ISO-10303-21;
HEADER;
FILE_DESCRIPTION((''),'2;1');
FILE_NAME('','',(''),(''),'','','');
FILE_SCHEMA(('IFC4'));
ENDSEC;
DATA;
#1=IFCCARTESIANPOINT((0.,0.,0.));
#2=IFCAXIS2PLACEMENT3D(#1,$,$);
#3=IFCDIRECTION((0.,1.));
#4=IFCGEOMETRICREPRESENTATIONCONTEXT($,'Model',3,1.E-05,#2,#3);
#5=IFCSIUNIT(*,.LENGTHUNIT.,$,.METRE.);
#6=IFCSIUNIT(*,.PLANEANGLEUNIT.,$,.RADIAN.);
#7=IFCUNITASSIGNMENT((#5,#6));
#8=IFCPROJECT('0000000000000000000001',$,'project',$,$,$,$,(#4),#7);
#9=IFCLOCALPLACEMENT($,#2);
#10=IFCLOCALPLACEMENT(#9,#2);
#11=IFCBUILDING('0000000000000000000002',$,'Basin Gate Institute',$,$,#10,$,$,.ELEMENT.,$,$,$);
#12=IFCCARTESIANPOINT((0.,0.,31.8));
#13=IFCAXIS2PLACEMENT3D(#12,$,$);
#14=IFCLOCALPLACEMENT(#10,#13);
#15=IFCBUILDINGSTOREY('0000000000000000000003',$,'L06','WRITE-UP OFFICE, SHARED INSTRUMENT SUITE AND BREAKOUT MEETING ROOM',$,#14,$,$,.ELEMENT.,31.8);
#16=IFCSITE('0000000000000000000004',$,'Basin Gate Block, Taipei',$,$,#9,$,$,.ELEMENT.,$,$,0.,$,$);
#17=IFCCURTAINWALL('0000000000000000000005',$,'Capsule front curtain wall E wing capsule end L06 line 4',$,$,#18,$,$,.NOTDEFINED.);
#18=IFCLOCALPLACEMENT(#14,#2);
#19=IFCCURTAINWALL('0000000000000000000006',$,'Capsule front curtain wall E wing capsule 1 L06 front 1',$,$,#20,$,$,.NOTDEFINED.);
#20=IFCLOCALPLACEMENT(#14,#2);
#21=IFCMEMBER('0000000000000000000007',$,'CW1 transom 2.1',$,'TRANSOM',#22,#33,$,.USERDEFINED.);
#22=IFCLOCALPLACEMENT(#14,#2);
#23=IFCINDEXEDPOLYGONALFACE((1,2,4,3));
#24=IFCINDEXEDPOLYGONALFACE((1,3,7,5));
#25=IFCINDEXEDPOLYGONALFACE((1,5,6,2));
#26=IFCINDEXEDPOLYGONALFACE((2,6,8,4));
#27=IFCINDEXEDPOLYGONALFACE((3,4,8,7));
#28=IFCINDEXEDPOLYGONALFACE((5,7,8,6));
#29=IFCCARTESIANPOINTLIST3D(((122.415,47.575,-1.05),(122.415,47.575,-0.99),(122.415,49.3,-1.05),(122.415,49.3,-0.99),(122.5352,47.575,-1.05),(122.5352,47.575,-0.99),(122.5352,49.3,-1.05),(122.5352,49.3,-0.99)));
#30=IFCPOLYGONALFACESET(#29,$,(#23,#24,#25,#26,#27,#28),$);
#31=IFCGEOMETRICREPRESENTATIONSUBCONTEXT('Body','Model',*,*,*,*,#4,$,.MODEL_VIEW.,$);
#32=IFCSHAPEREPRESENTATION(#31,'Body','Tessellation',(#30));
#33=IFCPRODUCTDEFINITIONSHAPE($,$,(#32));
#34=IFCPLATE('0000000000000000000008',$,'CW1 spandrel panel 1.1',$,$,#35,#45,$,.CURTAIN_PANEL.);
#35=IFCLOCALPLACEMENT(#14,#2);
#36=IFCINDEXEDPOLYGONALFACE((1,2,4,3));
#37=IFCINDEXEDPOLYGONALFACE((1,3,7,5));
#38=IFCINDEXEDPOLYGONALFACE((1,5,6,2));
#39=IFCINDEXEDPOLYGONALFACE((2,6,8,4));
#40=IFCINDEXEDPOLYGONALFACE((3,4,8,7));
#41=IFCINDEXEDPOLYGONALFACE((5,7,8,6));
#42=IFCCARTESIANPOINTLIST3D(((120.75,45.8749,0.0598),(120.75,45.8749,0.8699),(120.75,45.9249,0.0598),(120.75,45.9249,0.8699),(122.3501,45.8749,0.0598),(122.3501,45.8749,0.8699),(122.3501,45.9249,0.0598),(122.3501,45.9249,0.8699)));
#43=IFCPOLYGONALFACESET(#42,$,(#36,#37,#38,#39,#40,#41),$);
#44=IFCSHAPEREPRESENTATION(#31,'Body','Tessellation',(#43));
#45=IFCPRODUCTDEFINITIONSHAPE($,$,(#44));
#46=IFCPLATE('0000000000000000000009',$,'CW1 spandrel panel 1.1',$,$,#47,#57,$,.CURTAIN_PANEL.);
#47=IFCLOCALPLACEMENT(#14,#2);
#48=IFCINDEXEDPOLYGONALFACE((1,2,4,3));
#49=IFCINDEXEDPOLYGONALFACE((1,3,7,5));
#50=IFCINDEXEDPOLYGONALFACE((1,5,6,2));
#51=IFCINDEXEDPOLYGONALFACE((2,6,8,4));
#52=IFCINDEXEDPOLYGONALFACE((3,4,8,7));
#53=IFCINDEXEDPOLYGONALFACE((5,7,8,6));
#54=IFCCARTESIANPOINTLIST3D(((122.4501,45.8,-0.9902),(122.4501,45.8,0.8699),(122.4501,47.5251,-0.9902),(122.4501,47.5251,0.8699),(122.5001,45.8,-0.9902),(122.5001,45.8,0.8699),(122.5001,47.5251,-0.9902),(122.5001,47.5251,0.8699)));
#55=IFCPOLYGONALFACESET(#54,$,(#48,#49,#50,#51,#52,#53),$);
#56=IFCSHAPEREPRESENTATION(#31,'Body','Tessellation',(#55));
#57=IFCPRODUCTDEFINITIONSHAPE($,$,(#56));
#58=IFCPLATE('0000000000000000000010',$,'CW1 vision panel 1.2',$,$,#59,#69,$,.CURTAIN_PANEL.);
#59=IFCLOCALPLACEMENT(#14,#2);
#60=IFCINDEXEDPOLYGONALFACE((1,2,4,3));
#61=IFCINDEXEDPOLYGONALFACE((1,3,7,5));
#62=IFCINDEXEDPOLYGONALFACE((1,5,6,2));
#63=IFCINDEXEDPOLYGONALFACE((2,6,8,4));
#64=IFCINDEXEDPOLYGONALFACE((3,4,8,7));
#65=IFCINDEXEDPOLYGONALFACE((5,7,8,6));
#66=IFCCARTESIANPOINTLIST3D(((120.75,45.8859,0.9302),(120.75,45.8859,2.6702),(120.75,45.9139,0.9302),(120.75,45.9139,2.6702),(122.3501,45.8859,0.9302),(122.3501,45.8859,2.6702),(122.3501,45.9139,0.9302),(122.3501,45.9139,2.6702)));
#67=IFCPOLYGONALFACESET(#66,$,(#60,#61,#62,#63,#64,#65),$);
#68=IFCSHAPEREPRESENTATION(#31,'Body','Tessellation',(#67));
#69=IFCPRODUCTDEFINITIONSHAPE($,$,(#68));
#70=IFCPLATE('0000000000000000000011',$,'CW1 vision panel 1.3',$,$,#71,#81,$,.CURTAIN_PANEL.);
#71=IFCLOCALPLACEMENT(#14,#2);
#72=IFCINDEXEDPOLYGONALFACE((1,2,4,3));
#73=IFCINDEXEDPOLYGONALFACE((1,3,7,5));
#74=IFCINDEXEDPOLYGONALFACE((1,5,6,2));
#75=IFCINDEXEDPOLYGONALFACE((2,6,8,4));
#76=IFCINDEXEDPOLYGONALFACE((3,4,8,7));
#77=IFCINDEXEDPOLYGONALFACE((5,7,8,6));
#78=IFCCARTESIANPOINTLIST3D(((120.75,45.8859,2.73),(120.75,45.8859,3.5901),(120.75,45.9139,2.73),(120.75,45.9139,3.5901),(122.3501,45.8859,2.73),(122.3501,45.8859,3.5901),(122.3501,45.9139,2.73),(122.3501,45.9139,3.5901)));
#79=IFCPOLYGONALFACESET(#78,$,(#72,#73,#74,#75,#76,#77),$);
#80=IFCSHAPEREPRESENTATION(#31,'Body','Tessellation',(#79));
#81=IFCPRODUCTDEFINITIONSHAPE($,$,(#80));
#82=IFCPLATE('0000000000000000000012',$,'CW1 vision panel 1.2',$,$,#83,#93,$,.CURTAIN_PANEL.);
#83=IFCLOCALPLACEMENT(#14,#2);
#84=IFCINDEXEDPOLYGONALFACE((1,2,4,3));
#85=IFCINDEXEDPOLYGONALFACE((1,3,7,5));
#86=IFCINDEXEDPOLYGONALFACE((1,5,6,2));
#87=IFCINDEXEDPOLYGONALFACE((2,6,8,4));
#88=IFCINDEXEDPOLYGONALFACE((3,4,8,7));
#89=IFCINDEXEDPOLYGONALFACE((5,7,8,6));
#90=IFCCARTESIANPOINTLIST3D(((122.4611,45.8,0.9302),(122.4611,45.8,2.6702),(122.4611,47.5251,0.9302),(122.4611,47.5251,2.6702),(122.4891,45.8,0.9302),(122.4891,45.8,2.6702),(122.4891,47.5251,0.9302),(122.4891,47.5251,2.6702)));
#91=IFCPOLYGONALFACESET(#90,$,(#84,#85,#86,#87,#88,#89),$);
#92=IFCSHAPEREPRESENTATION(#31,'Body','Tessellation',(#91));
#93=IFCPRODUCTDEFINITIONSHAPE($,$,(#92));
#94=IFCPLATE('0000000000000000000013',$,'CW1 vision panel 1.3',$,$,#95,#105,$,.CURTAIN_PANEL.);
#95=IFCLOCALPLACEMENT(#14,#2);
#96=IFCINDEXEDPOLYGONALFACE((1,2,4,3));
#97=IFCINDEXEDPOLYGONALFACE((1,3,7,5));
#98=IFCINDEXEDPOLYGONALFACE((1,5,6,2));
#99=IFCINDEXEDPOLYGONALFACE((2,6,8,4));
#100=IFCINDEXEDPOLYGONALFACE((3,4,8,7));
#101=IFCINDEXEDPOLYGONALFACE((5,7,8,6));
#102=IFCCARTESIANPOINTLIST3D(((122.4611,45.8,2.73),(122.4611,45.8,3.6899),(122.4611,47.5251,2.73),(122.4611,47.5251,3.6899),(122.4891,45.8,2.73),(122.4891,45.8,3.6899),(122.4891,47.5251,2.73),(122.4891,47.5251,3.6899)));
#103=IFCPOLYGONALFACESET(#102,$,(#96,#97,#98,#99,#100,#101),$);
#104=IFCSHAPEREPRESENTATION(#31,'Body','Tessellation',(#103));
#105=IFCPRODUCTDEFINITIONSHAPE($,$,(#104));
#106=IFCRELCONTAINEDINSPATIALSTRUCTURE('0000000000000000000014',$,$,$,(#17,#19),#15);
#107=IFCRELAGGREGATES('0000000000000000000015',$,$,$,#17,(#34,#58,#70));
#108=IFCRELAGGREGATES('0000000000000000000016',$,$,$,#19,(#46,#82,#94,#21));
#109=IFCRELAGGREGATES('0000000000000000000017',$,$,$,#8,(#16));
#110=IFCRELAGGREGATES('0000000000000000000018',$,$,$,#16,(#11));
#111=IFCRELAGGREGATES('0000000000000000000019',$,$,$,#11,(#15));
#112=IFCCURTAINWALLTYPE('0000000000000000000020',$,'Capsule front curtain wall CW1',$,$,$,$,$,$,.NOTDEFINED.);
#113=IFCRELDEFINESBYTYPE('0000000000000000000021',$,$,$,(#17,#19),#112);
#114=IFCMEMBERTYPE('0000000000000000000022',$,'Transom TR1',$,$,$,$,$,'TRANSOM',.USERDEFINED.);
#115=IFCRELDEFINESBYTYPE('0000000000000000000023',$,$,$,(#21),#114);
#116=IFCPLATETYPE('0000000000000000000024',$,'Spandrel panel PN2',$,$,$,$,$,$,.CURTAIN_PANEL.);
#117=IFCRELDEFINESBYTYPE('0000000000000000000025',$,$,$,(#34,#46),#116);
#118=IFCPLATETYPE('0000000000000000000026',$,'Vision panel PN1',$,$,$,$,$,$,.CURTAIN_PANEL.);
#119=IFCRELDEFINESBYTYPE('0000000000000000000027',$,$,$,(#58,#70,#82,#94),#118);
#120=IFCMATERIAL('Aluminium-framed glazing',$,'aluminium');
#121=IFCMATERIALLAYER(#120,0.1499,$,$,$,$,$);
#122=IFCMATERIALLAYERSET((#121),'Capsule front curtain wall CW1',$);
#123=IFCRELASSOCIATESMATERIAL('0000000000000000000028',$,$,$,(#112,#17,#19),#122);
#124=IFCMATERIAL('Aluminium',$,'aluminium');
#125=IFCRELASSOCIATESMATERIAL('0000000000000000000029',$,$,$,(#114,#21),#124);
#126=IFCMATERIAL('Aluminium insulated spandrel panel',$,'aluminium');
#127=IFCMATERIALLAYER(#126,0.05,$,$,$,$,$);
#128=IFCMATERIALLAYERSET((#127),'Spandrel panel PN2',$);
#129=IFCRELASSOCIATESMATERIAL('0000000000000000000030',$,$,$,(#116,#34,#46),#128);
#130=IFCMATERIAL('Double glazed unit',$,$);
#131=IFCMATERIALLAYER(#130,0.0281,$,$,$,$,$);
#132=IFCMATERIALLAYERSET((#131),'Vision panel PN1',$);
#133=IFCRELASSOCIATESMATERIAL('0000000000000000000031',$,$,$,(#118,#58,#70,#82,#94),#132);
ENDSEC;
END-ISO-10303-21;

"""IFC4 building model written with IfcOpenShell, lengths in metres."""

from ifc_helpers import new_model, si_unit, direction, frame, origin, origin_2d, place, context, subcontext, project, spatial, rectangle, extrude, material, layer, layer_set, material_profile, profile_set, type_object, element, aggregate, save


model = new_model("IFC4")

# Units and contexts
model_context = context("Model", 3, precision=1e-05, world=origin(), true_north=direction((0.0, 1.0)))
body_context = subcontext(model_context, "Body", "Model", "MODEL_VIEW")
ifc_project = project(units=[si_unit("LENGTHUNIT", "METRE"), si_unit("PLANEANGLEUNIT", "RADIAN")], contexts=[model_context])

# Site, building, storey
site_placement = place(None, origin())
site = spatial("IfcSite", under=ifc_project, at=site_placement, Name="Basin Gate Block, Taipei", CompositionType="ELEMENT", RefElevation=0.0)
building_placement = place(site_placement, origin())
building = spatial("IfcBuilding", under=site, at=building_placement, Name="Basin Gate Institute", CompositionType="ELEMENT")
storey_placement = place(building_placement, frame((0.0, 0.0, 31.8)))
storey = spatial("IfcBuildingStorey", under=building, at=storey_placement, Name="L06", Description="WRITE-UP OFFICE, SHARED INSTRUMENT SUITE AND BREAKOUT MEETING ROOM", CompositionType="ELEMENT", Elevation=31.8)

# Curtain wall
ifc_material_1 = material(Name="Aluminium-framed glazing", Category="aluminium")
ifc_layer_1 = layer(ifc_material_1, 0.1499)
ifc_layer_set_1 = layer_set([ifc_layer_1], Name="Capsule front curtain wall CW1")
curtain_wall_type = type_object("IfcCurtainWallType", Name="Capsule front curtain wall CW1", PredefinedType="NOTDEFINED", material=ifc_layer_set_1)
curtain_wall_1_placement = place(storey_placement, origin())
curtain_wall_1 = element("IfcCurtainWall", 1, at=curtain_wall_1_placement, inside=storey, type_object=curtain_wall_type, material=ifc_layer_set_1, Name="Capsule front curtain wall E wing capsule end L06 line 4", PredefinedType="NOTDEFINED")

# Curtain wall
curtain_wall_2_placement = place(storey_placement, origin())
curtain_wall_2 = element("IfcCurtainWall", 2, at=curtain_wall_2_placement, inside=storey, type_object=curtain_wall_type, material=ifc_layer_set_1, Name="Capsule front curtain wall E wing capsule 1 L06 front 1", PredefinedType="NOTDEFINED")

# Member
ifc_material_2 = material(Name="Aluminium", Category="aluminium")
ifc_material_profile_1 = material_profile(ifc_material_2, rectangle(XDim=0.1201, YDim=0.0601, at=origin_2d()), Name="Transom TR1 120 x 60")
ifc_profile_set_1 = profile_set([ifc_material_profile_1], Name="Aluminium")
member_type_1 = type_object("IfcMemberType", Name="Transom TR1", ElementType="TRANSOM", PredefinedType="USERDEFINED", material=ifc_profile_set_1)
member_1_placement = place(storey_placement, frame((122.4751, 47.575, -1.02), z_axis=(0.0, 1.0, 0.0), x_axis=(-1.0, 0.0, 0.0)))
member_1 = element("IfcMember", 3, at=member_1_placement, type_object=member_type_1, material=ifc_profile_set_1, Name="CW1 transom 2.1", ObjectType="TRANSOM", PredefinedType="USERDEFINED", context=body_context, shape_type="SweptSolid", body=[
    extrude(rectangle(XDim=0.1201, YDim=0.0601, at=origin_2d()), origin(), (0.0, 0.0, 1.0), 1.7251),
])

# Plates
ifc_material_3 = material(Name="Aluminium insulated spandrel panel", Category="aluminium")
ifc_layer_2 = layer(ifc_material_3, 0.05)
ifc_layer_set_2 = layer_set([ifc_layer_2], Name="Spandrel panel PN2")
plate_type_1 = type_object("IfcPlateType", Name="Spandrel panel PN2", PredefinedType="CURTAIN_PANEL", material=ifc_layer_set_2)
plate_1_placement = place(storey_placement, frame((121.55, 45.8999, 0.0598), z_axis=(0.0, 0.0, 1.0), x_axis=(-1.0, 0.0, 0.0)))
plate_1 = element("IfcPlate", 4, at=plate_1_placement, type_object=plate_type_1, material=ifc_layer_set_2, Name="CW1 spandrel panel 1.1", PredefinedType="CURTAIN_PANEL", context=body_context, shape_type="SweptSolid", body=[
    extrude(rectangle(XDim=1.6001, YDim=0.05, at=origin_2d()), origin(), (0.0, 0.0, 1.0), 0.8101),
])
plate_2_placement = place(storey_placement, frame((122.4751, 46.6626, -0.9902), z_axis=(0.0, 0.0, 1.0), x_axis=(0.0, 1.0, 0.0)))
plate_2 = element("IfcPlate", 5, at=plate_2_placement, type_object=plate_type_1, material=ifc_layer_set_2, Name="CW1 spandrel panel 1.1", PredefinedType="CURTAIN_PANEL", context=body_context, shape_type="SweptSolid", body=[
    extrude(rectangle(XDim=1.7251, YDim=0.05, at=origin_2d()), origin(), (0.0, 0.0, 1.0), 1.8601),
])
ifc_material_4 = material(Name="Double glazed unit")
ifc_layer_3 = layer(ifc_material_4, 0.0281)
ifc_layer_set_3 = layer_set([ifc_layer_3], Name="Vision panel PN1")
plate_type_2 = type_object("IfcPlateType", Name="Vision panel PN1", PredefinedType="CURTAIN_PANEL", material=ifc_layer_set_3)
plate_3_placement = place(storey_placement, frame((121.55, 45.8999, 0.9302), z_axis=(0.0, 0.0, 1.0), x_axis=(-1.0, 0.0, 0.0)))
plate_3 = element("IfcPlate", 6, at=plate_3_placement, type_object=plate_type_2, material=ifc_layer_set_3, Name="CW1 vision panel 1.2", PredefinedType="CURTAIN_PANEL", context=body_context, shape_type="SweptSolid", body=[
    extrude(rectangle(XDim=1.6001, YDim=0.0281, at=origin_2d()), origin(), (0.0, 0.0, 1.0), 1.74),
])
plate_4_placement = place(storey_placement, frame((121.55, 45.8999, 2.73), z_axis=(0.0, 0.0, 1.0), x_axis=(-1.0, 0.0, 0.0)))
plate_4 = element("IfcPlate", 7, at=plate_4_placement, type_object=plate_type_2, material=ifc_layer_set_3, Name="CW1 vision panel 1.3", PredefinedType="CURTAIN_PANEL", context=body_context, shape_type="SweptSolid", body=[
    extrude(rectangle(XDim=1.6001, YDim=0.0281, at=origin_2d()), origin(), (0.0, 0.0, 1.0), 0.8601),
])
aggregate(curtain_wall_1, [plate_1, plate_3, plate_4])
plate_5_placement = place(storey_placement, frame((122.4751, 46.6626, 0.9302), z_axis=(0.0, 0.0, 1.0), x_axis=(0.0, 1.0, 0.0)))
plate_5 = element("IfcPlate", 8, at=plate_5_placement, type_object=plate_type_2, material=ifc_layer_set_3, Name="CW1 vision panel 1.2", PredefinedType="CURTAIN_PANEL", context=body_context, shape_type="SweptSolid", body=[
    extrude(rectangle(XDim=1.7251, YDim=0.0281, at=origin_2d()), origin(), (0.0, 0.0, 1.0), 1.74),
])
plate_6_placement = place(storey_placement, frame((122.4751, 46.6626, 2.73), z_axis=(0.0, 0.0, 1.0), x_axis=(0.0, 1.0, 0.0)))
plate_6 = element("IfcPlate", 9, at=plate_6_placement, type_object=plate_type_2, material=ifc_layer_set_3, Name="CW1 vision panel 1.3", PredefinedType="CURTAIN_PANEL", context=body_context, shape_type="SweptSolid", body=[
    extrude(rectangle(XDim=1.7251, YDim=0.0281, at=origin_2d()), origin(), (0.0, 0.0, 1.0), 0.96),
])
aggregate(curtain_wall_2, [plate_2, plate_5, plate_6, member_1])

save(model, "model.ifc")
